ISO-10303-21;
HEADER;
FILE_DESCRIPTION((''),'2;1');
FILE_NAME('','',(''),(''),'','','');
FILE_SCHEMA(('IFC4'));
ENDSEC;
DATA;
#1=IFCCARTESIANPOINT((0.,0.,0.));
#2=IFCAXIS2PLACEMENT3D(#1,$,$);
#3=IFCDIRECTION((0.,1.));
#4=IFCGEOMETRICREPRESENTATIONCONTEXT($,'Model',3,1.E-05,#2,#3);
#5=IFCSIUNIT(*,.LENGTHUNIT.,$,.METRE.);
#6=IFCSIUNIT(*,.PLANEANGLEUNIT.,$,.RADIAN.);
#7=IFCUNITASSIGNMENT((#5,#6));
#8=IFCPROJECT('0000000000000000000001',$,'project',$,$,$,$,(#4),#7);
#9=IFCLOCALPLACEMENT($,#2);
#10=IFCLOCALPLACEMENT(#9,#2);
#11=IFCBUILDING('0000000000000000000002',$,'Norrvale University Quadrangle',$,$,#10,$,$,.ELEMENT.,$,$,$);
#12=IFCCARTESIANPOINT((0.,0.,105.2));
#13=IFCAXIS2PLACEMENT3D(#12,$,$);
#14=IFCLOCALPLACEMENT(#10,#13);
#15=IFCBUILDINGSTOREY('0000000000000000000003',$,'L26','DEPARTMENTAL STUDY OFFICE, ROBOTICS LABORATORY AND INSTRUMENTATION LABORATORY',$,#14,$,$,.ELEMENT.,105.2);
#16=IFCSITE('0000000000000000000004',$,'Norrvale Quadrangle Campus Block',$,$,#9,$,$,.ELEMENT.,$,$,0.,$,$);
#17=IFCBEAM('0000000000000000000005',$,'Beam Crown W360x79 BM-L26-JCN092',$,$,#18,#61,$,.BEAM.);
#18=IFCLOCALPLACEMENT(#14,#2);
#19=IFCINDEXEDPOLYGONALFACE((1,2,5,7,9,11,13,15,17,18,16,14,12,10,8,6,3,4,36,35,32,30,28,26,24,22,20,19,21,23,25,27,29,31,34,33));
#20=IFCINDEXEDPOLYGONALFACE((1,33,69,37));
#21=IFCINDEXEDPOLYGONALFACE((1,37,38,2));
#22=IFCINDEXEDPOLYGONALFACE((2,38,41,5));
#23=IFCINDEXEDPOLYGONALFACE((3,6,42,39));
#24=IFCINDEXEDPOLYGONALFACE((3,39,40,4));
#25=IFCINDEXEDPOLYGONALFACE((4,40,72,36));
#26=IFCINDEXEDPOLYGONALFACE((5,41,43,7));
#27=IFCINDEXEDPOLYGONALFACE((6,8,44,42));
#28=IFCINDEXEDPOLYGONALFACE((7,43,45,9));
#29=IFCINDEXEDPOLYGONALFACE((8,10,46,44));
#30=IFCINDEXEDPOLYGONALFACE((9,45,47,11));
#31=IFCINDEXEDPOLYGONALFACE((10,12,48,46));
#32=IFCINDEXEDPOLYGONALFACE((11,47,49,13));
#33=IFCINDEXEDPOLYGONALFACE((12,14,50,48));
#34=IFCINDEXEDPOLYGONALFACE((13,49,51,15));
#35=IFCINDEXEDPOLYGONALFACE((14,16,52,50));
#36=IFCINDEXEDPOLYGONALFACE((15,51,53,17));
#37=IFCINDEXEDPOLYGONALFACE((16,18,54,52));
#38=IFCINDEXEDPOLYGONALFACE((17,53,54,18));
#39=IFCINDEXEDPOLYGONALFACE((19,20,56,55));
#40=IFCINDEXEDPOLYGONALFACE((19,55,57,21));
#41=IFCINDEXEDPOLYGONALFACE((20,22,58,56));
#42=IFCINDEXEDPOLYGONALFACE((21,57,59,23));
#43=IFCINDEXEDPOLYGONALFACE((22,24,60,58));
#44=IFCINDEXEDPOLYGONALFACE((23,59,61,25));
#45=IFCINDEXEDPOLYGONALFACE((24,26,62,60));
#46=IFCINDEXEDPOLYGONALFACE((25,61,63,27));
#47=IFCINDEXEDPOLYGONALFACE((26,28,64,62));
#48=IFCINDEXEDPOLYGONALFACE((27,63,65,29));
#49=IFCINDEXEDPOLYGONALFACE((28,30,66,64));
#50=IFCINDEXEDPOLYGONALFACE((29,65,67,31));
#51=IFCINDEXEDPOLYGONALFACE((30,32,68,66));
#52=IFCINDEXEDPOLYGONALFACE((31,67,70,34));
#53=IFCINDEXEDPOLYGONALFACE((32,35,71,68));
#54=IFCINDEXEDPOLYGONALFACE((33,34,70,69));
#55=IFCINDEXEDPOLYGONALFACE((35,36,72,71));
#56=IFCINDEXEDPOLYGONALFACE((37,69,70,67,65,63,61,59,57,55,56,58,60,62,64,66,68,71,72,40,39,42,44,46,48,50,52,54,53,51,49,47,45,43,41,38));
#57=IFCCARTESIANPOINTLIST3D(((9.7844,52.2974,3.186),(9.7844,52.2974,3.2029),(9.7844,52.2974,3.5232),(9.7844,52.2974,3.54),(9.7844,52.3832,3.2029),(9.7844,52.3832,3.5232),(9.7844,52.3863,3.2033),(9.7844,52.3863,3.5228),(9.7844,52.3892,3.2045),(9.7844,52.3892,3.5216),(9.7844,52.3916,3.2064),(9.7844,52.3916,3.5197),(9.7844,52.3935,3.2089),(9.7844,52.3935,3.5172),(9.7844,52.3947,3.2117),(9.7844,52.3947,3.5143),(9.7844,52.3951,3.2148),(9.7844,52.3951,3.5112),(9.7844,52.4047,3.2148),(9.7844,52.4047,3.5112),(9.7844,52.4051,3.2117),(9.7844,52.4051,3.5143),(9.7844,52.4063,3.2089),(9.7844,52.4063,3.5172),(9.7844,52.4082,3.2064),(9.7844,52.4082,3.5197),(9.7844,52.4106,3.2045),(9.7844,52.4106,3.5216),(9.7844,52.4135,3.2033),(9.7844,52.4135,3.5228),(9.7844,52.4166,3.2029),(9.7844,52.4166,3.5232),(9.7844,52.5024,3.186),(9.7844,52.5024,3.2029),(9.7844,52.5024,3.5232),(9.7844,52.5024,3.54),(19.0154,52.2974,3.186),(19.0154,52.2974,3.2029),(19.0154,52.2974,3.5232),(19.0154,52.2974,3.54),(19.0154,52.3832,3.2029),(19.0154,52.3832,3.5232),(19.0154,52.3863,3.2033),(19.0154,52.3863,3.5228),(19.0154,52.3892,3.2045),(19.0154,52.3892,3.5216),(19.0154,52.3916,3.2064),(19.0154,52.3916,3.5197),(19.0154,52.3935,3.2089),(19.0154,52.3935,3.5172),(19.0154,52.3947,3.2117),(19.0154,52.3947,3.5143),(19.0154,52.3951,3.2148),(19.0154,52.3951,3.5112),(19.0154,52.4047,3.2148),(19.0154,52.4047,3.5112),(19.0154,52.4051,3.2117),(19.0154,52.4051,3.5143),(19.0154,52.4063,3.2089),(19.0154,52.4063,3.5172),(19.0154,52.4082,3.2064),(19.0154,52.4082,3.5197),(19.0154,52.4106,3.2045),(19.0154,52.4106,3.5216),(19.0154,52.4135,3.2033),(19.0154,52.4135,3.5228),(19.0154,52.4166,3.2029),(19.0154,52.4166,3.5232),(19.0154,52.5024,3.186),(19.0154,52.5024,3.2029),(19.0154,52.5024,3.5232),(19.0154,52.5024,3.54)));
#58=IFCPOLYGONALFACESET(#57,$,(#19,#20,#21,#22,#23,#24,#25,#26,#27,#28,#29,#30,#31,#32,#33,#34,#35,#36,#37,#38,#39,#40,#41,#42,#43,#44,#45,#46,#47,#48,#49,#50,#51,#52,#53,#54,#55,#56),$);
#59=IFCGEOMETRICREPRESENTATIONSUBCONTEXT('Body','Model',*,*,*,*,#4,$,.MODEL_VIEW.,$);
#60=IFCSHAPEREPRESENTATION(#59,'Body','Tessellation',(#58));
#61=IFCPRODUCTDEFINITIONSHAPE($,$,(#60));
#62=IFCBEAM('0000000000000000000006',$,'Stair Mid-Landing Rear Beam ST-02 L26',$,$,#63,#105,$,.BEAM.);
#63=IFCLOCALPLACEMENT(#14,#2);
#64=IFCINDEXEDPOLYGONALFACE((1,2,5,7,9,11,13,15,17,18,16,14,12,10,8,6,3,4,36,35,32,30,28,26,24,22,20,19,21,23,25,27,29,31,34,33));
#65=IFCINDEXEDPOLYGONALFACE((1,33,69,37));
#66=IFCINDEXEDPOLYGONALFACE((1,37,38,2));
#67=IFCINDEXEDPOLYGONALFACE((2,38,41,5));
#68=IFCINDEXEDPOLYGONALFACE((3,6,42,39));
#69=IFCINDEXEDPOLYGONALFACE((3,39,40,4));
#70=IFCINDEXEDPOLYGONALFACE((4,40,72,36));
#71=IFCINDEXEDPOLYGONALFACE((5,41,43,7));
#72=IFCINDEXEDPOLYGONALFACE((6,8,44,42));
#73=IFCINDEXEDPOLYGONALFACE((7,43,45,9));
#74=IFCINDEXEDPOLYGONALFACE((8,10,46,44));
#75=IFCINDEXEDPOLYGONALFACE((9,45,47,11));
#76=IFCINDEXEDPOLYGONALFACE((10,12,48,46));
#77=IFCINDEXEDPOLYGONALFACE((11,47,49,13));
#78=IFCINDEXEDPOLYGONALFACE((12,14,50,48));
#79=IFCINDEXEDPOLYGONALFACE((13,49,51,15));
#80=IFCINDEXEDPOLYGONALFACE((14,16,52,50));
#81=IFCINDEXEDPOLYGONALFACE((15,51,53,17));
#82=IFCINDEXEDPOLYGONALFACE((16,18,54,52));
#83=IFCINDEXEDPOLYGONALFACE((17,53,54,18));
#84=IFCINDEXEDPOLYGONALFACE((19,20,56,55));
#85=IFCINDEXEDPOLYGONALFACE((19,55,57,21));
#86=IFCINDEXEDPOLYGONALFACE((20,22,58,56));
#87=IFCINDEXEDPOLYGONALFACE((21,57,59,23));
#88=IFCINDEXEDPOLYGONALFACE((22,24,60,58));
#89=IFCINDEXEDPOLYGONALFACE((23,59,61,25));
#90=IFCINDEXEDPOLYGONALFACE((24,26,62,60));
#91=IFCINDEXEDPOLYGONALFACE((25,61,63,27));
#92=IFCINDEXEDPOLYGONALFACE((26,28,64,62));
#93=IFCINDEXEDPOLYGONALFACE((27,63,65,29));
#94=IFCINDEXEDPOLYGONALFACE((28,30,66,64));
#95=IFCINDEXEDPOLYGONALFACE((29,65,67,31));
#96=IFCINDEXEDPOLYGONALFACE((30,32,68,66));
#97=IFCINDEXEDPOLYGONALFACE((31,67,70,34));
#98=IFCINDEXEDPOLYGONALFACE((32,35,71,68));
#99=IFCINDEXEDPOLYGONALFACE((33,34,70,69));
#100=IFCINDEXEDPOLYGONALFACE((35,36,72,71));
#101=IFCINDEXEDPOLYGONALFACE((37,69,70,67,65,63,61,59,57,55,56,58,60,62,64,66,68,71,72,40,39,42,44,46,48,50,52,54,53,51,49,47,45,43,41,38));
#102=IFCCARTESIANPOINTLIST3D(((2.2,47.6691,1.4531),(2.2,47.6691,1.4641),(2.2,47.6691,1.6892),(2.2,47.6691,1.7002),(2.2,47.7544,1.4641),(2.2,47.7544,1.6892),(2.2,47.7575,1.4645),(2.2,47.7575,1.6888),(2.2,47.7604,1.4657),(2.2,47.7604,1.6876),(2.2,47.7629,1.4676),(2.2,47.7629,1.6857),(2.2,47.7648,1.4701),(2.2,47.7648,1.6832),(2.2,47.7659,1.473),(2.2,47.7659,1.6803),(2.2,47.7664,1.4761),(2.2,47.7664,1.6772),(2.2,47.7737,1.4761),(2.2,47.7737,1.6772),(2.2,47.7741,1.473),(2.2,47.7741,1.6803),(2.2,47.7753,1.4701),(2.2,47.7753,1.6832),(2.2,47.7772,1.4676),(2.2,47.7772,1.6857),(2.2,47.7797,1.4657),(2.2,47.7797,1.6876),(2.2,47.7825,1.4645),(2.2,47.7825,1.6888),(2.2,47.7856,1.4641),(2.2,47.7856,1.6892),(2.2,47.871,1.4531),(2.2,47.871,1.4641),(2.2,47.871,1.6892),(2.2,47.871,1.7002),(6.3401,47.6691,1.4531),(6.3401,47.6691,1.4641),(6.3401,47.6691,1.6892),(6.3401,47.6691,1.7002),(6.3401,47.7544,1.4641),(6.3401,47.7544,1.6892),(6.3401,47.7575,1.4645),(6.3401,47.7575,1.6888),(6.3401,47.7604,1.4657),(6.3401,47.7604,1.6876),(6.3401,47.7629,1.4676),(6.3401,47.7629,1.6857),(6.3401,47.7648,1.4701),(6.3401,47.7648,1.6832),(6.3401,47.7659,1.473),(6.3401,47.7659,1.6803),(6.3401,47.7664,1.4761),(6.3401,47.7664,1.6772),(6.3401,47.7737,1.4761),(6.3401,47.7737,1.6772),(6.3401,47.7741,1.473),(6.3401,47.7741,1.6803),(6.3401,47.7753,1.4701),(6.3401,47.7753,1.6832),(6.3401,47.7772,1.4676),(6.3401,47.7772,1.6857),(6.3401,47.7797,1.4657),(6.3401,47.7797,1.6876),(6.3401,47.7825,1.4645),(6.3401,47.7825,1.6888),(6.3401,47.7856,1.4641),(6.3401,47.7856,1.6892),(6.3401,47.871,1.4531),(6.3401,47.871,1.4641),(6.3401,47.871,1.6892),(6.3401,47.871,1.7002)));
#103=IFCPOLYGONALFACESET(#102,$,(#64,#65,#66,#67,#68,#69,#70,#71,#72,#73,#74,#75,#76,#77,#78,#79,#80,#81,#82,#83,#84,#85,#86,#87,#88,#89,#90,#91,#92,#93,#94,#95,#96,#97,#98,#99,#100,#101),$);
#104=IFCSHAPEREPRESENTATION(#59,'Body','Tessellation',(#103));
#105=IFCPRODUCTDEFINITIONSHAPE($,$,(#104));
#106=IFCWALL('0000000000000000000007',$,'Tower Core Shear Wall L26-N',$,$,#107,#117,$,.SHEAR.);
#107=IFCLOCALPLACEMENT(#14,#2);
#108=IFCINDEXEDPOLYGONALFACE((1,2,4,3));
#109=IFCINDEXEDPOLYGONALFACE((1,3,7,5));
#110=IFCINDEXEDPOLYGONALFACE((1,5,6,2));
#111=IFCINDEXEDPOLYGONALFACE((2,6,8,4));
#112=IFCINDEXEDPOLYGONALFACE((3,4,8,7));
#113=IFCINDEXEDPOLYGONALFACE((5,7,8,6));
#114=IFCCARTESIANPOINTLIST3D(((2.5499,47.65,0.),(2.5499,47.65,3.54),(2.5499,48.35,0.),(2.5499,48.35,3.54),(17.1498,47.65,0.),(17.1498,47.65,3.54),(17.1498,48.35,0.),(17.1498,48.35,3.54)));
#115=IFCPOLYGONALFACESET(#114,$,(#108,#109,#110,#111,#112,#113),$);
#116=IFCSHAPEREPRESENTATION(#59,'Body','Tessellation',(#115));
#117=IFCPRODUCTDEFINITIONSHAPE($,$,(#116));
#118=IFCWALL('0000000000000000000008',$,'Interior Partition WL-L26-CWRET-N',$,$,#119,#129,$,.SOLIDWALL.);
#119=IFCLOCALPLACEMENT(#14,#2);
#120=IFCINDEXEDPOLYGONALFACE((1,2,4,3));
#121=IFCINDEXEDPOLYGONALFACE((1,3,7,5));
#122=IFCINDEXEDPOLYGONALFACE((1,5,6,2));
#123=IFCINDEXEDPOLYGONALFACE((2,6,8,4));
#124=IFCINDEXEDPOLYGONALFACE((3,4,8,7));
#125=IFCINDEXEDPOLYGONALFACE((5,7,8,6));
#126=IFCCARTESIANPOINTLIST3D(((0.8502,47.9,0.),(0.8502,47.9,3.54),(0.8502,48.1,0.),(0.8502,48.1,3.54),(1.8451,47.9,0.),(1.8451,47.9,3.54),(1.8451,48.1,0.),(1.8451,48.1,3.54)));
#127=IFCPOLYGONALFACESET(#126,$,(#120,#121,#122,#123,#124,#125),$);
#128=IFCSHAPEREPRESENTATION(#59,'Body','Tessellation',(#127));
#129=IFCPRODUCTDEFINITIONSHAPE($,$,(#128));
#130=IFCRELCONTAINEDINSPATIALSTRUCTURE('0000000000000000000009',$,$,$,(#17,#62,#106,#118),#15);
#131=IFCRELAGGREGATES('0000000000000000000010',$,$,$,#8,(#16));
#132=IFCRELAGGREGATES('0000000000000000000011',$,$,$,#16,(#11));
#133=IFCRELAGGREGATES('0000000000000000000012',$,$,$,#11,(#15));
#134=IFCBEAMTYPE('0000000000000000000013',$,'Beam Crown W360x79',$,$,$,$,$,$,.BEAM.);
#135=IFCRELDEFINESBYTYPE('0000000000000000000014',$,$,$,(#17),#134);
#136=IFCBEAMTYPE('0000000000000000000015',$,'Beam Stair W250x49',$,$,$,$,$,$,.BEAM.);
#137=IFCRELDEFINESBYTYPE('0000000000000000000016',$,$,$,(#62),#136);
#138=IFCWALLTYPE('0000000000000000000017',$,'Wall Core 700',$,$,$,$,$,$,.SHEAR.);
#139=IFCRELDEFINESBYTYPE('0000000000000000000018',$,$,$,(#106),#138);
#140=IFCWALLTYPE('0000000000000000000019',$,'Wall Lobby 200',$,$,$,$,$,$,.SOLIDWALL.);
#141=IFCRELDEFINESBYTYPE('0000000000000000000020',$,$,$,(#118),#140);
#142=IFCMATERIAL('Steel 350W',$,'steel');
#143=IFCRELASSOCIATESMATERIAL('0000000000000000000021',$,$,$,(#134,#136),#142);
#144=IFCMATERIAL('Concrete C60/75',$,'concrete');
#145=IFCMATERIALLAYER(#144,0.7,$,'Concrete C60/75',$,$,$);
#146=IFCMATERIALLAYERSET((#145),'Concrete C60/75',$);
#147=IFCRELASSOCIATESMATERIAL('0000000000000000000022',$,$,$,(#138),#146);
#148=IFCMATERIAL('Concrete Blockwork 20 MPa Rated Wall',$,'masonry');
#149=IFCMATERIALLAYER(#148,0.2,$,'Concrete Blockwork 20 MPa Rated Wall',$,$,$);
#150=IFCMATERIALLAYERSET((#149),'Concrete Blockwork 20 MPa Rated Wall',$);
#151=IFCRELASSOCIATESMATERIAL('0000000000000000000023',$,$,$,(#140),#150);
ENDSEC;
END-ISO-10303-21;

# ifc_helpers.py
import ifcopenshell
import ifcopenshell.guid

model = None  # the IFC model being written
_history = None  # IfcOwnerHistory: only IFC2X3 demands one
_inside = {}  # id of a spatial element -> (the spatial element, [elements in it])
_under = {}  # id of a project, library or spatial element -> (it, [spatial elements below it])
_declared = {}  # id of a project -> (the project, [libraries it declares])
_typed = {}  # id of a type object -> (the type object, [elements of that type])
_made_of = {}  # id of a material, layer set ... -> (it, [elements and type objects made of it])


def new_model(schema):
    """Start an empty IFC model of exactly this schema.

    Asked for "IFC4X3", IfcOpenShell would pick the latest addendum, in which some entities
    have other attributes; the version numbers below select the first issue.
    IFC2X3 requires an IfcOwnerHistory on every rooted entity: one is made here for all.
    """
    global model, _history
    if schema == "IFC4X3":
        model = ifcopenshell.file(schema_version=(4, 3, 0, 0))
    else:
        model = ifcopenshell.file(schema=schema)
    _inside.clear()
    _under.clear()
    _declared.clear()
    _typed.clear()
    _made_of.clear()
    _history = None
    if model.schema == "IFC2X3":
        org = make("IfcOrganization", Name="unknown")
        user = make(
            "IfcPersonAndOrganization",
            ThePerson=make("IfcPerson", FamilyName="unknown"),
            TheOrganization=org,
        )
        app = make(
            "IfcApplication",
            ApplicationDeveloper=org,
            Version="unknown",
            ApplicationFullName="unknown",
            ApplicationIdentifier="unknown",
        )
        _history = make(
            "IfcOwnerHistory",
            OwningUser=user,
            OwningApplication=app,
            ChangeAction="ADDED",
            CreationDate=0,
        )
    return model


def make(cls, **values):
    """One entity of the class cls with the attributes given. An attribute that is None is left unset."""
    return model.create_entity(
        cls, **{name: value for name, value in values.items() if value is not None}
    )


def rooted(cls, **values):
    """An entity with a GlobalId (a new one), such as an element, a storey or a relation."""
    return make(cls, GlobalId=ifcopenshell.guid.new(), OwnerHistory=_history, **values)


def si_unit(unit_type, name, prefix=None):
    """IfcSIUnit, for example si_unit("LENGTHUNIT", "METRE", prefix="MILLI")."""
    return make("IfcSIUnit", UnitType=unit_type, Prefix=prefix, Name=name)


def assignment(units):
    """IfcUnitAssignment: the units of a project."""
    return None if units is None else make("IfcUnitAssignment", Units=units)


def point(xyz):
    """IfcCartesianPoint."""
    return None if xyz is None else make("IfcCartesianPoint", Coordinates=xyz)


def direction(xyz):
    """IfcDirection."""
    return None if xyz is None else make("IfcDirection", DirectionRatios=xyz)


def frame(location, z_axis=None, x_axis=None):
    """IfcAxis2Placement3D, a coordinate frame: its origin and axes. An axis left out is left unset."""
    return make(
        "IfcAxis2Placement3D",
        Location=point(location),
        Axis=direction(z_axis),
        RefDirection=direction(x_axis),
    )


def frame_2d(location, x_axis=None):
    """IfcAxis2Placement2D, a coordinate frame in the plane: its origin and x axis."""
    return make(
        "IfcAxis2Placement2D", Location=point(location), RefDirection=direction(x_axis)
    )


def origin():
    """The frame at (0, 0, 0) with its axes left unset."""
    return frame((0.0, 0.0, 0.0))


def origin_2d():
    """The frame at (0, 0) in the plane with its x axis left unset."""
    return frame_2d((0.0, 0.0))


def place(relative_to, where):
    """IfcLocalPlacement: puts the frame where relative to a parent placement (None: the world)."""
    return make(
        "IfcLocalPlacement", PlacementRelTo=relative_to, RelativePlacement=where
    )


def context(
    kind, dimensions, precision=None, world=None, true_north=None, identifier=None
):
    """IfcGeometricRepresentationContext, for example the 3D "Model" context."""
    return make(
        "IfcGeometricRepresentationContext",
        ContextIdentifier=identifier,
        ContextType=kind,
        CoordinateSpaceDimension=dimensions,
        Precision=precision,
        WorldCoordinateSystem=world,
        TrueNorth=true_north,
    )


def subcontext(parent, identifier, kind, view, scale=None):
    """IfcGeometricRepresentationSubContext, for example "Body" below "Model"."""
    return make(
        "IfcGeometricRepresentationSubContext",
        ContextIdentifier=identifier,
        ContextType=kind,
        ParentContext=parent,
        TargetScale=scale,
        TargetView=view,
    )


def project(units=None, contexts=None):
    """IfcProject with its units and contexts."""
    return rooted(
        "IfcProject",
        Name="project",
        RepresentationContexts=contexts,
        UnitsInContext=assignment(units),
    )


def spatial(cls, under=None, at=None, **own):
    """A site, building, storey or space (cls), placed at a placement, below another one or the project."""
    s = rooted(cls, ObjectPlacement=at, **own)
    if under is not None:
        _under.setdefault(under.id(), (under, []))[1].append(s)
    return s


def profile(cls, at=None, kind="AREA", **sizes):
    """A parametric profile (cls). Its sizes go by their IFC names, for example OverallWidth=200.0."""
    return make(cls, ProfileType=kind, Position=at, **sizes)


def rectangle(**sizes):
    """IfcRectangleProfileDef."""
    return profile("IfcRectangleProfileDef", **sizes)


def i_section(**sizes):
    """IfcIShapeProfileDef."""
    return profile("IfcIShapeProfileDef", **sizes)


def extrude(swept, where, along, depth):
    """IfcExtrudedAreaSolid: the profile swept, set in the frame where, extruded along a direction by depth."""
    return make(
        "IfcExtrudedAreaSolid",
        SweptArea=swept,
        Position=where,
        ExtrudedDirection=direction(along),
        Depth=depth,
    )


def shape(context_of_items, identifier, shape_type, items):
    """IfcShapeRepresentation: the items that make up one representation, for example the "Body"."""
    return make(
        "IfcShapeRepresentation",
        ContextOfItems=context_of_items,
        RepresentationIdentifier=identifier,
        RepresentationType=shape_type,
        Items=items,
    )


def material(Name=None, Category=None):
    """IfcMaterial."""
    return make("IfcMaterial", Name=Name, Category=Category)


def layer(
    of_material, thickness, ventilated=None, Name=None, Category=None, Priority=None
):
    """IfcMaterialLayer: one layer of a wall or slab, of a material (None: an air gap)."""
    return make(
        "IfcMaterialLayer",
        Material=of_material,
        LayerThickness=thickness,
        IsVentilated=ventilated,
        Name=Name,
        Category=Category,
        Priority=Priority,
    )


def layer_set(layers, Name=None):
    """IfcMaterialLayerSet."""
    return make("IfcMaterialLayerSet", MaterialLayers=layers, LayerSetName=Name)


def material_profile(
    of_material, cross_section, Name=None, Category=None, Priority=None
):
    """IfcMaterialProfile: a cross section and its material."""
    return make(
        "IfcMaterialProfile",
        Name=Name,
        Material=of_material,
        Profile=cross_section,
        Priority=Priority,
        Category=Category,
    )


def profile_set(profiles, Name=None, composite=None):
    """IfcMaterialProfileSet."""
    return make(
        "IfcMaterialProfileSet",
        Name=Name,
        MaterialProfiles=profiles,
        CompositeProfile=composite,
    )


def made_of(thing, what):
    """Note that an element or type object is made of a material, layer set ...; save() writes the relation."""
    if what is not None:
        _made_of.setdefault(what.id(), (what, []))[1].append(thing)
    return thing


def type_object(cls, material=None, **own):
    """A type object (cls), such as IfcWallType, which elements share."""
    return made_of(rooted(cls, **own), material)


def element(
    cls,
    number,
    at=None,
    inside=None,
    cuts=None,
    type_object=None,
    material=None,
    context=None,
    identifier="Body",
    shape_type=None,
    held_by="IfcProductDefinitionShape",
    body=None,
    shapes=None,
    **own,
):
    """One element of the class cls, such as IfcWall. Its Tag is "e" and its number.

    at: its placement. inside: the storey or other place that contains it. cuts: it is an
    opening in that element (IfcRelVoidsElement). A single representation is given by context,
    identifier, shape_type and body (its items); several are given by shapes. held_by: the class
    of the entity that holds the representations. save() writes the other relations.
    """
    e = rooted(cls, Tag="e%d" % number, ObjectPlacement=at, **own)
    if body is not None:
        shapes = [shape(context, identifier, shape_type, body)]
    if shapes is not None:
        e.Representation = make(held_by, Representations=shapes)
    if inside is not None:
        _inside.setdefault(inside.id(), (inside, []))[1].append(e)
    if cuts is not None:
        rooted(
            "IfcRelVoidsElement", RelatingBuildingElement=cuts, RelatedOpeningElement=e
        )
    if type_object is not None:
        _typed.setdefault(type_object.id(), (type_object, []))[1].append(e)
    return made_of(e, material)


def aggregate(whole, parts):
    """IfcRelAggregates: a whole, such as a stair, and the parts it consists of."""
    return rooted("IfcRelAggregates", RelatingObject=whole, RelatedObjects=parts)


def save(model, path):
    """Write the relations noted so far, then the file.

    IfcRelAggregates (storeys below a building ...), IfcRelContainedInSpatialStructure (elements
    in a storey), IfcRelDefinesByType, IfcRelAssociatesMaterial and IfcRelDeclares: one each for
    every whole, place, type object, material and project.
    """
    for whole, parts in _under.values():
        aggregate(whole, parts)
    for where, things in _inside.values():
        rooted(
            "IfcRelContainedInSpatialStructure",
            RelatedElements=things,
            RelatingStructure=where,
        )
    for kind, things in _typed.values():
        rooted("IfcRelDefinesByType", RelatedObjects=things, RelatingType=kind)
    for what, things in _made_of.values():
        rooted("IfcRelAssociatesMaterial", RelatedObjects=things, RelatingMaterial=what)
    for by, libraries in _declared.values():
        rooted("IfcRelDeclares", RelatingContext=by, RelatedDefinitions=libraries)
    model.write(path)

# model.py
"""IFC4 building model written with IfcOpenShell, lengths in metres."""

from ifc_helpers import new_model, si_unit, direction, frame, frame_2d, origin, origin_2d, place, context, subcontext, project, spatial, rectangle, i_section, extrude, material, layer, layer_set, material_profile, profile_set, type_object, element, save


model = new_model("IFC4")

# Units and contexts
model_context = context("Model", 3, precision=1e-05, world=origin(), true_north=direction((0.0, 1.0)))
body_context = subcontext(model_context, "Body", "Model", "MODEL_VIEW")
ifc_project = project(units=[si_unit("LENGTHUNIT", "METRE"), si_unit("PLANEANGLEUNIT", "RADIAN")], contexts=[model_context])

# Site, building, storey
site_placement = place(None, origin())
site = spatial("IfcSite", under=ifc_project, at=site_placement, Name="Norrvale Quadrangle Campus Block", CompositionType="ELEMENT", RefElevation=0.0)
building_placement = place(site_placement, origin())
building = spatial("IfcBuilding", under=site, at=building_placement, Name="Norrvale University Quadrangle", CompositionType="ELEMENT")
storey_placement = place(building_placement, frame((0.0, 0.0, 105.2)))
storey = spatial("IfcBuildingStorey", under=building, at=storey_placement, Name="L26", Description="DEPARTMENTAL STUDY OFFICE, ROBOTICS LABORATORY AND INSTRUMENTATION LABORATORY", CompositionType="ELEMENT", Elevation=105.2)

# Shared definitions
ifc_material_1 = material(Name="Concrete C60/75", Category="concrete")

# Beams
ifc_material_2 = material(Name="Steel 350W", Category="steel")
ifc_material_profile_1 = material_profile(ifc_material_2, i_section(OverallWidth=0.2051, OverallDepth=0.354, WebThickness=0.0095, FlangeThickness=0.0168, FilletRadius=0.012, at=origin_2d()), Name="Steel 350W")
ifc_profile_set_1 = profile_set([ifc_material_profile_1], Name="Steel 350W")
beam_type_1 = type_object("IfcBeamType", Name="Beam Crown W360x79", PredefinedType="BEAM", material=ifc_profile_set_1)
beam_1_placement = place(storey_placement, frame((9.7844, 52.3999, 3.363), z_axis=(1.0, 0.0, 0.0), x_axis=(0.0, 1.0, 0.0)))
element("IfcBeam", 1, at=beam_1_placement, inside=storey, type_object=beam_type_1, Name="Beam Crown W360x79 BM-L26-JCN092", PredefinedType="BEAM", context=body_context, shape_type="SweptSolid", body=[
    extrude(i_section(OverallWidth=0.2051, OverallDepth=0.354, WebThickness=0.0095, FlangeThickness=0.0168, FilletRadius=0.012, at=origin_2d()), origin(), (0.0, 0.0, 1.0), 9.231),
])
ifc_material_profile_2 = material_profile(ifc_material_2, i_section(OverallWidth=0.2019, OverallDepth=0.2471, WebThickness=0.0073, FlangeThickness=0.011, FilletRadius=0.012, at=origin_2d()), Name="Steel 350W")
ifc_profile_set_2 = profile_set([ifc_material_profile_2], Name="Steel 350W")
beam_type_2 = type_object("IfcBeamType", Name="Beam Stair W250x49", PredefinedType="BEAM", material=ifc_profile_set_2)
beam_2_placement = place(storey_placement, frame((2.2, 47.77, 1.5767), z_axis=(1.0, 0.0, 0.0), x_axis=(0.0, 1.0, 0.0)))
element("IfcBeam", 2, at=beam_2_placement, inside=storey, type_object=beam_type_2, Name="Stair Mid-Landing Rear Beam ST-02 L26", PredefinedType="BEAM", context=body_context, shape_type="SweptSolid", body=[
    extrude(i_section(OverallWidth=0.2019, OverallDepth=0.2471, WebThickness=0.0073, FlangeThickness=0.011, FilletRadius=0.012, at=origin_2d()), origin(), (0.0, 0.0, 1.0), 4.1401),
])

# Wall
ifc_layer_1 = layer(ifc_material_1, 0.7, Name="Concrete C60/75")
ifc_layer_set_1 = layer_set([ifc_layer_1], Name="Concrete C60/75")
wall_type_1 = type_object("IfcWallType", Name="Wall Core 700", PredefinedType="SHEAR", material=ifc_layer_set_1)
wall_1_placement = place(storey_placement, frame((2.55, 48.0, 0.0), z_axis=(0.0, 0.0, 1.0), x_axis=(1.0, 0.0, 0.0)))
element("IfcWall", 3, at=wall_1_placement, inside=storey, type_object=wall_type_1, Name="Tower Core Shear Wall L26-N", PredefinedType="SHEAR", context=body_context, shape_type="SweptSolid", body=[
    extrude(rectangle(XDim=14.5999, YDim=0.7, at=frame_2d((7.2998, 0.0))), origin(), (0.0, 0.0, 1.0), 3.54),
])

# Wall
ifc_material_3 = material(Name="Concrete Blockwork 20 MPa Rated Wall", Category="masonry")
ifc_layer_2 = layer(ifc_material_3, 0.2, Name="Concrete Blockwork 20 MPa Rated Wall")
ifc_layer_set_2 = layer_set([ifc_layer_2], Name="Concrete Blockwork 20 MPa Rated Wall")
wall_type_2 = type_object("IfcWallType", Name="Wall Lobby 200", PredefinedType="SOLIDWALL", material=ifc_layer_set_2)
wall_2_placement = place(storey_placement, frame((0.8501, 48.0, 0.0), z_axis=(0.0, 0.0, 1.0), x_axis=(1.0, 0.0, 0.0)))
element("IfcWall", 4, at=wall_2_placement, inside=storey, type_object=wall_type_2, Name="Interior Partition WL-L26-CWRET-N", PredefinedType="SOLIDWALL", context=body_context, shape_type="SweptSolid", body=[
    extrude(rectangle(XDim=0.9949, YDim=0.2, at=frame_2d((0.4976, 0.0))), origin(), (0.0, 0.0, 1.0), 3.54),
])

save(model, "model.ifc")
